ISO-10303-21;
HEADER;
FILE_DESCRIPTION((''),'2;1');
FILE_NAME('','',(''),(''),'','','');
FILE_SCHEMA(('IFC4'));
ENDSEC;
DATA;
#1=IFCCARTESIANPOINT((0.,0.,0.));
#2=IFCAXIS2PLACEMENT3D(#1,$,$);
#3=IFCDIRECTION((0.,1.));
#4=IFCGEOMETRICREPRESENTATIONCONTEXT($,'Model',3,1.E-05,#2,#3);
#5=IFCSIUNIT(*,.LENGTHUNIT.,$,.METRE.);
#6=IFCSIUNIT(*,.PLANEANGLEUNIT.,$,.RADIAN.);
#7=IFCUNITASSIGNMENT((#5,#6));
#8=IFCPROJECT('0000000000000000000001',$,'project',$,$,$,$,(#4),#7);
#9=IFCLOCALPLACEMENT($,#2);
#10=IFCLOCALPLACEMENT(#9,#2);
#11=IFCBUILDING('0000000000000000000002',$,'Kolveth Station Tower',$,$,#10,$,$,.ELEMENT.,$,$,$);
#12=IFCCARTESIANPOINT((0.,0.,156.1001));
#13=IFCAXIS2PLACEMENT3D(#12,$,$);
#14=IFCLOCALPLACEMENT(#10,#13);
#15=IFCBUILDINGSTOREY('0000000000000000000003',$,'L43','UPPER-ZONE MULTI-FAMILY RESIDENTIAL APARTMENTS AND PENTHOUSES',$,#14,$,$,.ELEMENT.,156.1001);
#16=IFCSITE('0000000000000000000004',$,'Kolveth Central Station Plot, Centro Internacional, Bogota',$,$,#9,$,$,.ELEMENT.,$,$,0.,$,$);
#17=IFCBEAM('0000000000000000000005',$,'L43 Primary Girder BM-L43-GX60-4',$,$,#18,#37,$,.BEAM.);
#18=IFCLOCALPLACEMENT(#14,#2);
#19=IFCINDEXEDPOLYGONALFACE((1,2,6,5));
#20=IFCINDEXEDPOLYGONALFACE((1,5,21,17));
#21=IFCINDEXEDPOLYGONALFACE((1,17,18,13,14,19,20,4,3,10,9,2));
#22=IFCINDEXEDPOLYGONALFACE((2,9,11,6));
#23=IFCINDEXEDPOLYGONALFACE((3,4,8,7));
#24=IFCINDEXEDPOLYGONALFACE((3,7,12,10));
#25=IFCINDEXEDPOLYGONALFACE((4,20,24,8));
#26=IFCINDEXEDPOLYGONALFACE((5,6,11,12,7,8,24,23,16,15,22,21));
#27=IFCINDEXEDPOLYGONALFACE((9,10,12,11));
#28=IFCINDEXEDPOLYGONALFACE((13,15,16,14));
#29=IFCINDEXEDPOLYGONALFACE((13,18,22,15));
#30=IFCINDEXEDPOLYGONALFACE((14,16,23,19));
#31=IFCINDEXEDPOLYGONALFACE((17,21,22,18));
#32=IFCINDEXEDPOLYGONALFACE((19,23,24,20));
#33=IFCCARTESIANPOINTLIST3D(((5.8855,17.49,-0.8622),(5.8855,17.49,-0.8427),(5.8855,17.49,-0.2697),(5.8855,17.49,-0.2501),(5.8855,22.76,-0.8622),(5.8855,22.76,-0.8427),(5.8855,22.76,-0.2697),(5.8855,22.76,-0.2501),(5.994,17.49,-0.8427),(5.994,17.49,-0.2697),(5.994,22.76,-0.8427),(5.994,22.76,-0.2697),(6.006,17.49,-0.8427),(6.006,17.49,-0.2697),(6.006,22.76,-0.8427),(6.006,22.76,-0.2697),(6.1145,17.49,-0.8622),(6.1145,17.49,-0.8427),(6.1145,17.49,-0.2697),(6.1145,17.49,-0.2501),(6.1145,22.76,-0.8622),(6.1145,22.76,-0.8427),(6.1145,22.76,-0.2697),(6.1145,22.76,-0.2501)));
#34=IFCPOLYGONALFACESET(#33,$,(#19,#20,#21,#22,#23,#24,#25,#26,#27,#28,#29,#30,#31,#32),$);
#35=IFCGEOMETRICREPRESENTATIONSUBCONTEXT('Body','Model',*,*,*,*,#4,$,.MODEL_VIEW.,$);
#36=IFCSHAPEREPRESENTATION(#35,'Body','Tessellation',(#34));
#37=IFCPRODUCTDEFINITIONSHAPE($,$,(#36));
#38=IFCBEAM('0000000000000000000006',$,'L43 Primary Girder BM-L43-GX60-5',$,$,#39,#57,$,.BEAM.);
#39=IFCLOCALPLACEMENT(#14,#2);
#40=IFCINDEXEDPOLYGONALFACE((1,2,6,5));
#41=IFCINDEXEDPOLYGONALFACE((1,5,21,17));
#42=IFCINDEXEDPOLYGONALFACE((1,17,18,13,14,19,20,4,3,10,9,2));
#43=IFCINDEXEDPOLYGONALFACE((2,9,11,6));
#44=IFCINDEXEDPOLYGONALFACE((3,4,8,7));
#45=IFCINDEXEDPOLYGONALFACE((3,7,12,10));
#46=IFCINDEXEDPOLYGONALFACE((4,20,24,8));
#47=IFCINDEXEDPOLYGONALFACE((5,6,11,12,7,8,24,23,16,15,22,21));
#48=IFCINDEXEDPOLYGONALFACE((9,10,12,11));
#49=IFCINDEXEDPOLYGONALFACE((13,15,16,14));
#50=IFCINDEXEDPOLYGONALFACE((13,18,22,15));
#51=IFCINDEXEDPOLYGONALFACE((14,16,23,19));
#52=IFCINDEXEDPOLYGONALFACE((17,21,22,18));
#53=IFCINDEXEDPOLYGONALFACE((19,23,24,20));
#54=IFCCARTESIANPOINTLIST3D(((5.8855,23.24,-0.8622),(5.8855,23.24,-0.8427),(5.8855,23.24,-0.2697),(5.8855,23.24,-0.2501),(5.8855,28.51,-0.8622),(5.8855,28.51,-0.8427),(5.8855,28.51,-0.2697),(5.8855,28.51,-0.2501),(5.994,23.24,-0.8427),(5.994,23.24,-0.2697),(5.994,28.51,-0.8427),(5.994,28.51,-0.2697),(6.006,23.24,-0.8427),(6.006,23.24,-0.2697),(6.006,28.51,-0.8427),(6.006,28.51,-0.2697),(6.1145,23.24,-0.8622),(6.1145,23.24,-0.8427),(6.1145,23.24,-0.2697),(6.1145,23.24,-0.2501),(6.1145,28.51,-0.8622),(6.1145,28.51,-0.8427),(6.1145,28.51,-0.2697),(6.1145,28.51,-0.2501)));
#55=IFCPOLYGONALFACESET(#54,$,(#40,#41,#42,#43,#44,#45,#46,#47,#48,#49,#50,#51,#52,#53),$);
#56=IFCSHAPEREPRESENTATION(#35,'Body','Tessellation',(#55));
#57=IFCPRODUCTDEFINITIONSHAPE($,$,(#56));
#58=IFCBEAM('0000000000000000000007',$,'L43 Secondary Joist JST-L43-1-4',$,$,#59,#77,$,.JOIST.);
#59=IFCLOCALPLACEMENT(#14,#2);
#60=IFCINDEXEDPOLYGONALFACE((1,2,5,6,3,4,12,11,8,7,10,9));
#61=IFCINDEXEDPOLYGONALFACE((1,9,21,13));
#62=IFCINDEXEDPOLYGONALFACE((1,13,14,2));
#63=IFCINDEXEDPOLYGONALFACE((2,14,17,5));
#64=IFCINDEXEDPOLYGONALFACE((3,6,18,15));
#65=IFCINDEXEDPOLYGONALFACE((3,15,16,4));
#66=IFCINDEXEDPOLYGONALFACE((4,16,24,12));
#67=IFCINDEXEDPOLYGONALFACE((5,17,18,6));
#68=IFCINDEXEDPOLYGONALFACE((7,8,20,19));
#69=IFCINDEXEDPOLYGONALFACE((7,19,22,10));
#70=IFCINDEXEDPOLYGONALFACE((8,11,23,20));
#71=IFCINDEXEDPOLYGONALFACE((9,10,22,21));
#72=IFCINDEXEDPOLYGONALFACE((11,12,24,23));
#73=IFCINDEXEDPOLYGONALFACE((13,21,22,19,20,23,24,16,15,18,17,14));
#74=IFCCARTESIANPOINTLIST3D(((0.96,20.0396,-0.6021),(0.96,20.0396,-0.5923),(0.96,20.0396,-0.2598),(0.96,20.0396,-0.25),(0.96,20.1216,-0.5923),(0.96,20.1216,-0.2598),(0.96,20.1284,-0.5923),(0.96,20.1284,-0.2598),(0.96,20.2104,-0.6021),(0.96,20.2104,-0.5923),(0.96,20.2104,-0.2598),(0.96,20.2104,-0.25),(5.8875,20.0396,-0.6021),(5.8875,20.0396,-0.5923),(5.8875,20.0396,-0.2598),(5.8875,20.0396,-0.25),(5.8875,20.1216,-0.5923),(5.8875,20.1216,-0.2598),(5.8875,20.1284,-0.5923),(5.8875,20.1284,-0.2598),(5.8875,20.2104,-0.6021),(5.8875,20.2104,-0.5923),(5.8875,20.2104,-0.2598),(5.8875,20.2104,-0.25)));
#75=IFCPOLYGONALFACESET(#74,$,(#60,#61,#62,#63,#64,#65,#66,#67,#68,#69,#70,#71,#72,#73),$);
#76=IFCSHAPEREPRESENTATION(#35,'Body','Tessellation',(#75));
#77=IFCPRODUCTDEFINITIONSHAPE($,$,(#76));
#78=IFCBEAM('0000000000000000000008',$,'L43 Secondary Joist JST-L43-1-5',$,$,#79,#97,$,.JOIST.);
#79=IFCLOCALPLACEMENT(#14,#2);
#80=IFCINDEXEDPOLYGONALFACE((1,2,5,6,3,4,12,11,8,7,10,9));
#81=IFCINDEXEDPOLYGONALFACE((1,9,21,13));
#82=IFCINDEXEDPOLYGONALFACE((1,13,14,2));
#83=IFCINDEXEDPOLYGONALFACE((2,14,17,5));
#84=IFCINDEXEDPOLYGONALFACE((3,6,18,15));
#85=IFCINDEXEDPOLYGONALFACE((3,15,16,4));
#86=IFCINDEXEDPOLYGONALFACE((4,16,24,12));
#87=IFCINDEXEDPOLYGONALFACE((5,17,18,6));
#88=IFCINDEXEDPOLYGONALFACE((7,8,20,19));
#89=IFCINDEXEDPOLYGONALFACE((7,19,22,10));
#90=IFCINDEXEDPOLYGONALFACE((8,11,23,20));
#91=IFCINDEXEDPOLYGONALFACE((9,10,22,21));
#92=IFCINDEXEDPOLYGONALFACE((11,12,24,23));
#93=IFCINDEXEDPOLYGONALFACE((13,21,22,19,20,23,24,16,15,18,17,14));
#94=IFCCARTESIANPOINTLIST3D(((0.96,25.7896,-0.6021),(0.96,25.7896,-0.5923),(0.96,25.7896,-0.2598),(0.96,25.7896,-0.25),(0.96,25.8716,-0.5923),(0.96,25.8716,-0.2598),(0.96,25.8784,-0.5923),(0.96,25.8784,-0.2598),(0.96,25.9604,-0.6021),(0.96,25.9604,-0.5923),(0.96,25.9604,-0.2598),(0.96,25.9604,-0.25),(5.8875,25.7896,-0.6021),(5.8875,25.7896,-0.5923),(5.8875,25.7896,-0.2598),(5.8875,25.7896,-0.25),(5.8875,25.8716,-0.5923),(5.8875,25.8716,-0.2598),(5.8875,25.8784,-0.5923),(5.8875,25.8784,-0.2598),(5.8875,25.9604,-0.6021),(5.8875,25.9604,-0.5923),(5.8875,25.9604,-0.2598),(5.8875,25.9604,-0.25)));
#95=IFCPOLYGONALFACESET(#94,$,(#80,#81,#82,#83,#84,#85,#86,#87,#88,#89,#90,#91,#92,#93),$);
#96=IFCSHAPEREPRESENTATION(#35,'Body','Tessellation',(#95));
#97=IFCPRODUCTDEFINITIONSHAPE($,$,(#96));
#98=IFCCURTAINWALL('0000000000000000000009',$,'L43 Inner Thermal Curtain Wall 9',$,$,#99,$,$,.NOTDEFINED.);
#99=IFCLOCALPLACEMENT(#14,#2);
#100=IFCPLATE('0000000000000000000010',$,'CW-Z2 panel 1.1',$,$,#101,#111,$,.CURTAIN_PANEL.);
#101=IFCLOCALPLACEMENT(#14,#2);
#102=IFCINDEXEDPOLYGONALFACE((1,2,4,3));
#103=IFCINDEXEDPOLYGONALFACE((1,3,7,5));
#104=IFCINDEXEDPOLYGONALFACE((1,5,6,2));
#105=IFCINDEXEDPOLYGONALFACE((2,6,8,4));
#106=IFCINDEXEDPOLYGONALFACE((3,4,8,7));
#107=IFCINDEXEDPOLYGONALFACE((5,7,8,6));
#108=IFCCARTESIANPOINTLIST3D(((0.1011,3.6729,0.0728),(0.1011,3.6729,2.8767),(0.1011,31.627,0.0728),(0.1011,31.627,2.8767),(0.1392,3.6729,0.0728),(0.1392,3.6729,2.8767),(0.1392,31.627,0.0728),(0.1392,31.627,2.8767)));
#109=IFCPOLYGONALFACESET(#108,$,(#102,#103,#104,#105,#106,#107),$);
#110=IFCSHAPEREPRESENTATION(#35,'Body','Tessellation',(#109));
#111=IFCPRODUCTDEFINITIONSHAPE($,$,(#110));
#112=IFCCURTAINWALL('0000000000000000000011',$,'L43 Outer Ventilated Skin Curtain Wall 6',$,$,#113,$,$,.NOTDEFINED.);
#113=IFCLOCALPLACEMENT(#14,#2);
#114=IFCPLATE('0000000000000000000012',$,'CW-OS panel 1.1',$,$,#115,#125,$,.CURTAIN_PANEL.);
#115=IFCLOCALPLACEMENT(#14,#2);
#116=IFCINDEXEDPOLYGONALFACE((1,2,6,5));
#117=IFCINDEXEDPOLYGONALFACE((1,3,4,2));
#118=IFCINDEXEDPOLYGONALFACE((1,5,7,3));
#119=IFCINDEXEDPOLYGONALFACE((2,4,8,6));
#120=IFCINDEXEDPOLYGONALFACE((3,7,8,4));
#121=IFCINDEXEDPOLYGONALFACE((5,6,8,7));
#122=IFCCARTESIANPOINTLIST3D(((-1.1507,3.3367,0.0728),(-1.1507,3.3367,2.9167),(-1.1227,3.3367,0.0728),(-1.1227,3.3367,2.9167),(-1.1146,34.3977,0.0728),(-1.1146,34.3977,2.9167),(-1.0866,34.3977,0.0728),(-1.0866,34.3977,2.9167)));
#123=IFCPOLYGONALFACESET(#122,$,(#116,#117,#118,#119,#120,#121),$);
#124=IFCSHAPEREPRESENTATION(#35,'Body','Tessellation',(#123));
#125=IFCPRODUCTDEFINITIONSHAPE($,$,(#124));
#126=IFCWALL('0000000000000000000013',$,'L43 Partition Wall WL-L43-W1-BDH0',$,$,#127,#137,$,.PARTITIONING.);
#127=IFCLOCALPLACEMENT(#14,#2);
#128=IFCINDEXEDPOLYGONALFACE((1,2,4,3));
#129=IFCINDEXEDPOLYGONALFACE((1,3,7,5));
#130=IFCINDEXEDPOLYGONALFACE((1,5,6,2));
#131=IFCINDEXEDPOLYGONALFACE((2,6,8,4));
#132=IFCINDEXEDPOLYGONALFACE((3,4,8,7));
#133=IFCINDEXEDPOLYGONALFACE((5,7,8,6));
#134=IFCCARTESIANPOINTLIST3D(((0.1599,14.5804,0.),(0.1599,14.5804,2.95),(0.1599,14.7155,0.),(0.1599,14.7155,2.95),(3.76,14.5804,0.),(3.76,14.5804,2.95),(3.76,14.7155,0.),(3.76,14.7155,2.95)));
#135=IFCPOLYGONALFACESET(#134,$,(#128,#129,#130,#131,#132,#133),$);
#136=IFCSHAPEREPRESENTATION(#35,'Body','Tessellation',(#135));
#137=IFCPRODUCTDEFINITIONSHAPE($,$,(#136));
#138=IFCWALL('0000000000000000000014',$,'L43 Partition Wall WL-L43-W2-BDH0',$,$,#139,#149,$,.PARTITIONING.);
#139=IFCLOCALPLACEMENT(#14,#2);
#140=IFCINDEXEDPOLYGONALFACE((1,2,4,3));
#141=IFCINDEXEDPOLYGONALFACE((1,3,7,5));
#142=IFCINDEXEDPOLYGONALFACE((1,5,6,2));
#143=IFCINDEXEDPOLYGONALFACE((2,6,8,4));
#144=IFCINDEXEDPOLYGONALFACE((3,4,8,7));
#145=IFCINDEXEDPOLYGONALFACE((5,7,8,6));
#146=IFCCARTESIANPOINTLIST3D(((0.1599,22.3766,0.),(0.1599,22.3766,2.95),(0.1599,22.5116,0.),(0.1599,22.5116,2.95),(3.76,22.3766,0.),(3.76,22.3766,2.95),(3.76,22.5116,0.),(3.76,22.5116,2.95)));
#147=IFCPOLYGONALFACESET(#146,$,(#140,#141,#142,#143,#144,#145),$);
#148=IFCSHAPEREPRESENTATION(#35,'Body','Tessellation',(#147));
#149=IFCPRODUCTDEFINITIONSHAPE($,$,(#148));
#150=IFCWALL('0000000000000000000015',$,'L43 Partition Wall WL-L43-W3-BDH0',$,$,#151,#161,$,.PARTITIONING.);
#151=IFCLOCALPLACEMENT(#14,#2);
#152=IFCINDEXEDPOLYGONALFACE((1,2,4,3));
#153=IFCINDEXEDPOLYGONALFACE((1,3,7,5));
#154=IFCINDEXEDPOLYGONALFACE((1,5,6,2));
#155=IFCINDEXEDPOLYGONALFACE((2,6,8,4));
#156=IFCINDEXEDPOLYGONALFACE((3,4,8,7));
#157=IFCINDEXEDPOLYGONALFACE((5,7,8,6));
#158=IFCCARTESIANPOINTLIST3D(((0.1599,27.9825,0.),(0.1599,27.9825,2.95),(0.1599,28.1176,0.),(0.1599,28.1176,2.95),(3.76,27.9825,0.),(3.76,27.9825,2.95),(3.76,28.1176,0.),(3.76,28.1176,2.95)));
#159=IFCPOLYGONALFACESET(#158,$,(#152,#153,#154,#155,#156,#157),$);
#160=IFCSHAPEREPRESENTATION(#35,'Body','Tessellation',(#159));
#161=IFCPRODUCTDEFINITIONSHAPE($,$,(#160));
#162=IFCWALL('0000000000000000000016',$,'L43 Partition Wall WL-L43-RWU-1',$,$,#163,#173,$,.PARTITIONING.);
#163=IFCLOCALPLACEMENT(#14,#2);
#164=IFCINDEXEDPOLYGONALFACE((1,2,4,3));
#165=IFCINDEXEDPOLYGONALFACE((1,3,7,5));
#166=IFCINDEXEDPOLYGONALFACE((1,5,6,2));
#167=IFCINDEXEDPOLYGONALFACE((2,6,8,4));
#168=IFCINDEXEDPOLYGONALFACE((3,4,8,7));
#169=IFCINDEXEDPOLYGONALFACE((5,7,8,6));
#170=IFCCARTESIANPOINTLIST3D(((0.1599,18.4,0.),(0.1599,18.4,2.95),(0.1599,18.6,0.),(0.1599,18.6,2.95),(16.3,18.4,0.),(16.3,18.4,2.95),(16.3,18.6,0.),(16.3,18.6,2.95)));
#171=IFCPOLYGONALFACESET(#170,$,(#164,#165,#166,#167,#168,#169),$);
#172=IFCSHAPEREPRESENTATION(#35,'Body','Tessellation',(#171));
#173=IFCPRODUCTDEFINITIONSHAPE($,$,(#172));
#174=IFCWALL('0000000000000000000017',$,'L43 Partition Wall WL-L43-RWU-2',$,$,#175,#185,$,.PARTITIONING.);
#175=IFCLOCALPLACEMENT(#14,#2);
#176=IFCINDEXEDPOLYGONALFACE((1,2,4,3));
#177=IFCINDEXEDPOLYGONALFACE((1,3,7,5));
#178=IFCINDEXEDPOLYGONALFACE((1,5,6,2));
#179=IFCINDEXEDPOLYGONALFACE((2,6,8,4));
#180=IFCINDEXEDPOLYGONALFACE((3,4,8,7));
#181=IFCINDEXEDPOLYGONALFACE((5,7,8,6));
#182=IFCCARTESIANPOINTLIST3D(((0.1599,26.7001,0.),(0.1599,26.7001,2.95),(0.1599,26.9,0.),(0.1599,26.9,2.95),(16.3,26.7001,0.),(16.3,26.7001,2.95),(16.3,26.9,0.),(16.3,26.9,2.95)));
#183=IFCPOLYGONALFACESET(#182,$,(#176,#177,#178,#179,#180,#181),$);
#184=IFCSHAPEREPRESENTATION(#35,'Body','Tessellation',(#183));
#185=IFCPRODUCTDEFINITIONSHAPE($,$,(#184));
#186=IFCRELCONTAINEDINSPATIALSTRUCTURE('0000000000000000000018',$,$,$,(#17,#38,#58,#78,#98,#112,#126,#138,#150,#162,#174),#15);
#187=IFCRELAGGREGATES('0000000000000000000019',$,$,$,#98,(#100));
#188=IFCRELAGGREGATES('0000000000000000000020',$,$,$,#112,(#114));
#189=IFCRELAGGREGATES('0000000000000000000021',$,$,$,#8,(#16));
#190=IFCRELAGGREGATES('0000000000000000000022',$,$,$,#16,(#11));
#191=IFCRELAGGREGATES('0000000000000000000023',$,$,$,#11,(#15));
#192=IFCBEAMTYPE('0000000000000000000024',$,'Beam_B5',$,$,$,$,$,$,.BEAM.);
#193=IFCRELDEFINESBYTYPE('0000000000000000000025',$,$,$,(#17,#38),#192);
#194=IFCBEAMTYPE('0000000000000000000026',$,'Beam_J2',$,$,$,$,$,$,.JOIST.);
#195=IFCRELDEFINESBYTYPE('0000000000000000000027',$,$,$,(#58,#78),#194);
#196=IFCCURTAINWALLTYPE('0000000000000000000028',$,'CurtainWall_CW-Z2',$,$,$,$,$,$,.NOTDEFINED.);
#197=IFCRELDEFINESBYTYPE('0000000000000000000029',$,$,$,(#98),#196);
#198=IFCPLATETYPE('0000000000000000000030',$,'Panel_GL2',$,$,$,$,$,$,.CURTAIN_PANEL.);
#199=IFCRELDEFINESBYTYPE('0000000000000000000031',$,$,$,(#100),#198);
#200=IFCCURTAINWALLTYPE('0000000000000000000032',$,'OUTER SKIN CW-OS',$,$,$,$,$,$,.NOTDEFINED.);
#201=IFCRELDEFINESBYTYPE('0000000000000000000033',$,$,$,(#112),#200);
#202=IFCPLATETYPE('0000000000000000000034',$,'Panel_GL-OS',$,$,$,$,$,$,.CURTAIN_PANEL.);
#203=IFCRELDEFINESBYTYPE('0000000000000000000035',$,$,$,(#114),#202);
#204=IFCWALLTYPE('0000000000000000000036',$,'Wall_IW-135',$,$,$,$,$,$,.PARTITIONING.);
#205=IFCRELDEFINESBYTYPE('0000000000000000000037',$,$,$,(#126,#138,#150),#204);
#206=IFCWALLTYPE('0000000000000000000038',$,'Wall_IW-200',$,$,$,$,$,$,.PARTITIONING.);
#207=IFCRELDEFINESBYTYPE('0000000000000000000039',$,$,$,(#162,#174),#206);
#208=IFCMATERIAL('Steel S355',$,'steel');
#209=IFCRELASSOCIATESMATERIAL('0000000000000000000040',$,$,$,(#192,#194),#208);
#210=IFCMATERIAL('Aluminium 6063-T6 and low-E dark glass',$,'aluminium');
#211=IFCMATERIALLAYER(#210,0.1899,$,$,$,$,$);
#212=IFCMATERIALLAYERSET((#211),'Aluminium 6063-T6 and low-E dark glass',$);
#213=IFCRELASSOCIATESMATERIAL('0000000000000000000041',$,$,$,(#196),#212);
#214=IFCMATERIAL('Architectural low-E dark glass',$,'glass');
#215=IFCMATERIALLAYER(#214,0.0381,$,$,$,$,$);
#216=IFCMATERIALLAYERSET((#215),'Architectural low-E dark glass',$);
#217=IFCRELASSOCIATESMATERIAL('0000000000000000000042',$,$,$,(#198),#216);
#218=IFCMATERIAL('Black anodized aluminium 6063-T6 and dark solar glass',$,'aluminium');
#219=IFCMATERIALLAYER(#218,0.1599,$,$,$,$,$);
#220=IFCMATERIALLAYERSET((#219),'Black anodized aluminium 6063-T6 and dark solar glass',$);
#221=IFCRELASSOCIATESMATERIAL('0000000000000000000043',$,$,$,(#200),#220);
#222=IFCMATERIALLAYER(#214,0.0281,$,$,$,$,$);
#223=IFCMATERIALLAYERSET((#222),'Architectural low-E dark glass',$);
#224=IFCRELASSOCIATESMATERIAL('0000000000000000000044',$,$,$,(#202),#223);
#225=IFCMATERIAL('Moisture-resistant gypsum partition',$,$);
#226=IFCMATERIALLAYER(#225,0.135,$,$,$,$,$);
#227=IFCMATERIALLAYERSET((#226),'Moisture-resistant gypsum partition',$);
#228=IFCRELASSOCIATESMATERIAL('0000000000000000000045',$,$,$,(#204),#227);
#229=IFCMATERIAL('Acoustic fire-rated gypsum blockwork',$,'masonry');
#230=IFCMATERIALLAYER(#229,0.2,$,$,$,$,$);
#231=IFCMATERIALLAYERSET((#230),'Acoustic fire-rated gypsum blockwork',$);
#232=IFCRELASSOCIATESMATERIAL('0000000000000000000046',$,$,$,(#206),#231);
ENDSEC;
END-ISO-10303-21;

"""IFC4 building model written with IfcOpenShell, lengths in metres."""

from ifc_helpers import new_model, si_unit, direction, frame, frame_2d, origin, origin_2d, place, context, subcontext, project, spatial, rectangle, i_section, extrude, source, transform, mapped, material, layer, layer_set, material_profile, profile_set, type_object, element, aggregate, save


model = new_model("IFC4")

# Units and contexts
model_context = context("Model", 3, precision=1e-05, world=origin(), true_north=direction((0.0, 1.0)))
body_context = subcontext(model_context, "Body", "Model", "MODEL_VIEW")
ifc_project = project(units=[si_unit("LENGTHUNIT", "METRE"), si_unit("PLANEANGLEUNIT", "RADIAN")], contexts=[model_context])

# Site, building, storey
site_placement = place(None, origin())
site = spatial("IfcSite", under=ifc_project, at=site_placement, Name="Kolveth Central Station Plot, Centro Internacional, Bogota", CompositionType="ELEMENT", RefElevation=0.0)
building_placement = place(site_placement, origin())
building = spatial("IfcBuilding", under=site, at=building_placement, Name="Kolveth Station Tower", CompositionType="ELEMENT")
storey_placement = place(building_placement, frame((0.0, 0.0, 156.1001)))
storey = spatial("IfcBuildingStorey", under=building, at=storey_placement, Name="L43", Description="UPPER-ZONE MULTI-FAMILY RESIDENTIAL APARTMENTS AND PENTHOUSES", CompositionType="ELEMENT", Elevation=156.1001)

# Shared definitions
ifc_material_1 = material(Name="Steel S355", Category="steel")

# Beams
ifc_material_profile_1 = material_profile(ifc_material_1, i_section(OverallWidth=0.229, OverallDepth=0.6121, WebThickness=0.012, FlangeThickness=0.0195, at=origin_2d()), Name="W610x125")
ifc_profile_set_1 = profile_set([ifc_material_profile_1], Name="Steel S355")
beam_type_1 = type_object("IfcBeamType", Name="Beam_B5", PredefinedType="BEAM", material=ifc_profile_set_1)
shared_shape_1 = source(origin(), body_context, "Body", "SweptSolid", [
    extrude(i_section(OverallWidth=0.229, OverallDepth=0.6121, WebThickness=0.012, FlangeThickness=0.0195, at=origin_2d()), origin(), (0.0, 0.0, 1.0), 5.27),
])
for number, where, z_axis, x_axis, name in (
    (1, (6.0, 17.49, -0.5562), (0.0, 1.0, 0.0), (-1.0, 0.0, 0.0), "L43 Primary Girder BM-L43-GX60-4"),
    (2, (6.0, 23.24, -0.5562), (0.0, 1.0, 0.0), (-1.0, 0.0, 0.0), "L43 Primary Girder BM-L43-GX60-5"),
):
    element("IfcBeam", number, at=place(storey_placement, frame(where, z_axis=z_axis, x_axis=x_axis)), inside=storey, type_object=beam_type_1, Name=name, PredefinedType="BEAM", context=body_context, shape_type="MappedRepresentation", body=[
        mapped(shared_shape_1, transform((0.0, 0.0, 0.0), x_axis=(1.0, 0.0, 0.0), y_axis=(0.0, 1.0, 0.0), z_axis=(0.0, 0.0, 1.0), scale=1.0)),
    ])
ifc_material_profile_2 = material_profile(ifc_material_1, i_section(OverallWidth=0.1709, OverallDepth=0.3521, WebThickness=0.0068, FlangeThickness=0.0098, at=origin_2d()), Name="W360x44")
ifc_profile_set_2 = profile_set([ifc_material_profile_2], Name="Steel S355")
beam_type_2 = type_object("IfcBeamType", Name="Beam_J2", PredefinedType="JOIST", material=ifc_profile_set_2)
shared_shape_2 = source(origin(), body_context, "Body", "SweptSolid", [
    extrude(i_section(OverallWidth=0.1709, OverallDepth=0.3521, WebThickness=0.0068, FlangeThickness=0.0098, at=origin_2d()), origin(), (0.0, 0.0, 1.0), 4.9275),
])
for number, where, z_axis, x_axis, name in (
    (3, (0.96, 20.125, -0.426), (1.0, 0.0, 0.0), (0.0, 1.0, 0.0), "L43 Secondary Joist JST-L43-1-4"),
    (4, (0.96, 25.875, -0.426), (1.0, 0.0, 0.0), (0.0, 1.0, 0.0), "L43 Secondary Joist JST-L43-1-5"),
):
    element("IfcBeam", number, at=place(storey_placement, frame(where, z_axis=z_axis, x_axis=x_axis)), inside=storey, type_object=beam_type_2, Name=name, PredefinedType="JOIST", context=body_context, shape_type="MappedRepresentation", body=[
        mapped(shared_shape_2, transform((0.0, 0.0, 0.0), x_axis=(1.0, 0.0, 0.0), y_axis=(0.0, 1.0, 0.0), z_axis=(0.0, 0.0, 1.0), scale=1.0)),
    ])

# Curtain walls, plates
ifc_material_2 = material(Name="Aluminium 6063-T6 and low-E dark glass", Category="aluminium")
ifc_layer_1 = layer(ifc_material_2, 0.1899)
ifc_layer_set_1 = layer_set([ifc_layer_1], Name="Aluminium 6063-T6 and low-E dark glass")
curtain_wall_type_1 = type_object("IfcCurtainWallType", Name="CurtainWall_CW-Z2", PredefinedType="NOTDEFINED", material=ifc_layer_set_1)
curtain_wall_1_placement = place(storey_placement, origin())
curtain_wall_1 = element("IfcCurtainWall", 5, at=curtain_wall_1_placement, inside=storey, type_object=curtain_wall_type_1, Name="L43 Inner Thermal Curtain Wall 9", PredefinedType="NOTDEFINED")
ifc_material_3 = material(Name="Architectural low-E dark glass", Category="glass")
ifc_layer_2 = layer(ifc_material_3, 0.0381)
ifc_layer_set_2 = layer_set([ifc_layer_2], Name="Architectural low-E dark glass")
plate_type_1 = type_object("IfcPlateType", Name="Panel_GL2", PredefinedType="CURTAIN_PANEL", material=ifc_layer_set_2)
shared_shape_3 = source(origin(), body_context, "Body", "SweptSolid", [
    extrude(rectangle(XDim=27.9541, YDim=0.0381, at=origin_2d()), origin(), (0.0, 0.0, 1.0), 2.804),
])
plate_1_placement = place(storey_placement, frame((0.1201, 17.6499, 0.0728), z_axis=(0.0, 0.0, 1.0), x_axis=(0.0, -1.0, 0.0)))
plate_1 = element("IfcPlate", 6, at=plate_1_placement, type_object=plate_type_1, Name="CW-Z2 panel 1.1", PredefinedType="CURTAIN_PANEL", context=body_context, shape_type="MappedRepresentation", body=[
    mapped(shared_shape_3, transform((0.0, 0.0, 0.0), x_axis=(1.0, 0.0, 0.0), y_axis=(0.0, 1.0, 0.0), z_axis=(0.0, 0.0, 1.0), scale=1.0)),
])
aggregate(curtain_wall_1, [plate_1])
ifc_material_4 = material(Name="Black anodized aluminium 6063-T6 and dark solar glass", Category="aluminium")
ifc_layer_3 = layer(ifc_material_4, 0.1599)
ifc_layer_set_3 = layer_set([ifc_layer_3], Name="Black anodized aluminium 6063-T6 and dark solar glass")
curtain_wall_type_2 = type_object("IfcCurtainWallType", Name="OUTER SKIN CW-OS", PredefinedType="NOTDEFINED", material=ifc_layer_set_3)
curtain_wall_2_placement = place(storey_placement, origin())
curtain_wall_2 = element("IfcCurtainWall", 7, at=curtain_wall_2_placement, inside=storey, type_object=curtain_wall_type_2, Name="L43 Outer Ventilated Skin Curtain Wall 6", PredefinedType="NOTDEFINED")
ifc_layer_4 = layer(ifc_material_3, 0.0281)
ifc_layer_set_4 = layer_set([ifc_layer_4], Name="Architectural low-E dark glass")
plate_type_2 = type_object("IfcPlateType", Name="Panel_GL-OS", PredefinedType="CURTAIN_PANEL", material=ifc_layer_set_4)
shared_shape_4 = source(origin(), body_context, "Body", "SweptSolid", [
    extrude(rectangle(XDim=31.061, YDim=0.0281, at=origin_2d()), origin(), (0.0, 0.0, 1.0), 2.844),
])
plate_2_placement = place(storey_placement, frame((-1.1187, 18.8672, 0.0728), z_axis=(0.0, 0.0, 1.0), x_axis=(-0.001162, -0.999999, 0.0)))
plate_2 = element("IfcPlate", 8, at=plate_2_placement, type_object=plate_type_2, Name="CW-OS panel 1.1", PredefinedType="CURTAIN_PANEL", context=body_context, shape_type="MappedRepresentation", body=[
    mapped(shared_shape_4, transform((0.0, 0.0, 0.0), x_axis=(1.0, 0.0, 0.0), y_axis=(0.0, 1.0, 0.0), z_axis=(0.0, 0.0, 1.0), scale=1.0)),
])
aggregate(curtain_wall_2, [plate_2])

# Wall
ifc_material_5 = material(Name="Moisture-resistant gypsum partition")
ifc_layer_5 = layer(ifc_material_5, 0.135)
ifc_layer_set_5 = layer_set([ifc_layer_5], Name="Moisture-resistant gypsum partition")
wall_type_1 = type_object("IfcWallType", Name="Wall_IW-135", PredefinedType="PARTITIONING", material=ifc_layer_set_5)
wall_1_placement = place(storey_placement, frame((0.1599, 14.6479, 0.0), z_axis=(0.0, 0.0, 1.0), x_axis=(1.0, 0.0, 0.0)))
element("IfcWall", 9, at=wall_1_placement, inside=storey, type_object=wall_type_1, Name="L43 Partition Wall WL-L43-W1-BDH0", PredefinedType="PARTITIONING", context=body_context, shape_type="SweptSolid", body=[
    extrude(rectangle(XDim=3.6001, YDim=0.135, at=frame_2d((1.8, 0.0))), origin(), (0.0, 0.0, 1.0), 2.95),
])

# Wall
wall_2_placement = place(storey_placement, frame((0.1599, 22.4441, 0.0), z_axis=(0.0, 0.0, 1.0), x_axis=(1.0, 0.0, 0.0)))
element("IfcWall", 10, at=wall_2_placement, inside=storey, type_object=wall_type_1, Name="L43 Partition Wall WL-L43-W2-BDH0", PredefinedType="PARTITIONING", context=body_context, shape_type="SweptSolid", body=[
    extrude(rectangle(XDim=3.6001, YDim=0.135, at=frame_2d((1.8, 0.0))), origin(), (0.0, 0.0, 1.0), 2.95),
])

# Wall
wall_3_placement = place(storey_placement, frame((0.1599, 28.05, 0.0), z_axis=(0.0, 0.0, 1.0), x_axis=(1.0, 0.0, 0.0)))
element("IfcWall", 11, at=wall_3_placement, inside=storey, type_object=wall_type_1, Name="L43 Partition Wall WL-L43-W3-BDH0", PredefinedType="PARTITIONING", context=body_context, shape_type="SweptSolid", body=[
    extrude(rectangle(XDim=3.6001, YDim=0.135, at=frame_2d((1.8, 0.0))), origin(), (0.0, 0.0, 1.0), 2.95),
])

# Walls
ifc_material_6 = material(Name="Acoustic fire-rated gypsum blockwork", Category="masonry")
ifc_layer_6 = layer(ifc_material_6, 0.2)
ifc_layer_set_6 = layer_set([ifc_layer_6], Name="Acoustic fire-rated gypsum blockwork")
wall_type_2 = type_object("IfcWallType", Name="Wall_IW-200", PredefinedType="PARTITIONING", material=ifc_layer_set_6)
for number, where, z_axis, x_axis, name in (
    (12, (0.1599, 18.5, 0.0), (0.0, 0.0, 1.0), (1.0, 0.0, 0.0), "L43 Partition Wall WL-L43-RWU-1"),
    (13, (0.1599, 26.8, 0.0), (0.0, 0.0, 1.0), (1.0, 0.0, 0.0), "L43 Partition Wall WL-L43-RWU-2"),
):
    element("IfcWall", number, at=place(storey_placement, frame(where, z_axis=z_axis, x_axis=x_axis)), inside=storey, type_object=wall_type_2, Name=name, PredefinedType="PARTITIONING", context=body_context, shape_type="SweptSolid", body=[
        extrude(rectangle(XDim=16.1401, YDim=0.2, at=frame_2d((8.0701, 0.0))), origin(), (0.0, 0.0, 1.0), 2.95),
    ])

save(model, "model.ifc")
